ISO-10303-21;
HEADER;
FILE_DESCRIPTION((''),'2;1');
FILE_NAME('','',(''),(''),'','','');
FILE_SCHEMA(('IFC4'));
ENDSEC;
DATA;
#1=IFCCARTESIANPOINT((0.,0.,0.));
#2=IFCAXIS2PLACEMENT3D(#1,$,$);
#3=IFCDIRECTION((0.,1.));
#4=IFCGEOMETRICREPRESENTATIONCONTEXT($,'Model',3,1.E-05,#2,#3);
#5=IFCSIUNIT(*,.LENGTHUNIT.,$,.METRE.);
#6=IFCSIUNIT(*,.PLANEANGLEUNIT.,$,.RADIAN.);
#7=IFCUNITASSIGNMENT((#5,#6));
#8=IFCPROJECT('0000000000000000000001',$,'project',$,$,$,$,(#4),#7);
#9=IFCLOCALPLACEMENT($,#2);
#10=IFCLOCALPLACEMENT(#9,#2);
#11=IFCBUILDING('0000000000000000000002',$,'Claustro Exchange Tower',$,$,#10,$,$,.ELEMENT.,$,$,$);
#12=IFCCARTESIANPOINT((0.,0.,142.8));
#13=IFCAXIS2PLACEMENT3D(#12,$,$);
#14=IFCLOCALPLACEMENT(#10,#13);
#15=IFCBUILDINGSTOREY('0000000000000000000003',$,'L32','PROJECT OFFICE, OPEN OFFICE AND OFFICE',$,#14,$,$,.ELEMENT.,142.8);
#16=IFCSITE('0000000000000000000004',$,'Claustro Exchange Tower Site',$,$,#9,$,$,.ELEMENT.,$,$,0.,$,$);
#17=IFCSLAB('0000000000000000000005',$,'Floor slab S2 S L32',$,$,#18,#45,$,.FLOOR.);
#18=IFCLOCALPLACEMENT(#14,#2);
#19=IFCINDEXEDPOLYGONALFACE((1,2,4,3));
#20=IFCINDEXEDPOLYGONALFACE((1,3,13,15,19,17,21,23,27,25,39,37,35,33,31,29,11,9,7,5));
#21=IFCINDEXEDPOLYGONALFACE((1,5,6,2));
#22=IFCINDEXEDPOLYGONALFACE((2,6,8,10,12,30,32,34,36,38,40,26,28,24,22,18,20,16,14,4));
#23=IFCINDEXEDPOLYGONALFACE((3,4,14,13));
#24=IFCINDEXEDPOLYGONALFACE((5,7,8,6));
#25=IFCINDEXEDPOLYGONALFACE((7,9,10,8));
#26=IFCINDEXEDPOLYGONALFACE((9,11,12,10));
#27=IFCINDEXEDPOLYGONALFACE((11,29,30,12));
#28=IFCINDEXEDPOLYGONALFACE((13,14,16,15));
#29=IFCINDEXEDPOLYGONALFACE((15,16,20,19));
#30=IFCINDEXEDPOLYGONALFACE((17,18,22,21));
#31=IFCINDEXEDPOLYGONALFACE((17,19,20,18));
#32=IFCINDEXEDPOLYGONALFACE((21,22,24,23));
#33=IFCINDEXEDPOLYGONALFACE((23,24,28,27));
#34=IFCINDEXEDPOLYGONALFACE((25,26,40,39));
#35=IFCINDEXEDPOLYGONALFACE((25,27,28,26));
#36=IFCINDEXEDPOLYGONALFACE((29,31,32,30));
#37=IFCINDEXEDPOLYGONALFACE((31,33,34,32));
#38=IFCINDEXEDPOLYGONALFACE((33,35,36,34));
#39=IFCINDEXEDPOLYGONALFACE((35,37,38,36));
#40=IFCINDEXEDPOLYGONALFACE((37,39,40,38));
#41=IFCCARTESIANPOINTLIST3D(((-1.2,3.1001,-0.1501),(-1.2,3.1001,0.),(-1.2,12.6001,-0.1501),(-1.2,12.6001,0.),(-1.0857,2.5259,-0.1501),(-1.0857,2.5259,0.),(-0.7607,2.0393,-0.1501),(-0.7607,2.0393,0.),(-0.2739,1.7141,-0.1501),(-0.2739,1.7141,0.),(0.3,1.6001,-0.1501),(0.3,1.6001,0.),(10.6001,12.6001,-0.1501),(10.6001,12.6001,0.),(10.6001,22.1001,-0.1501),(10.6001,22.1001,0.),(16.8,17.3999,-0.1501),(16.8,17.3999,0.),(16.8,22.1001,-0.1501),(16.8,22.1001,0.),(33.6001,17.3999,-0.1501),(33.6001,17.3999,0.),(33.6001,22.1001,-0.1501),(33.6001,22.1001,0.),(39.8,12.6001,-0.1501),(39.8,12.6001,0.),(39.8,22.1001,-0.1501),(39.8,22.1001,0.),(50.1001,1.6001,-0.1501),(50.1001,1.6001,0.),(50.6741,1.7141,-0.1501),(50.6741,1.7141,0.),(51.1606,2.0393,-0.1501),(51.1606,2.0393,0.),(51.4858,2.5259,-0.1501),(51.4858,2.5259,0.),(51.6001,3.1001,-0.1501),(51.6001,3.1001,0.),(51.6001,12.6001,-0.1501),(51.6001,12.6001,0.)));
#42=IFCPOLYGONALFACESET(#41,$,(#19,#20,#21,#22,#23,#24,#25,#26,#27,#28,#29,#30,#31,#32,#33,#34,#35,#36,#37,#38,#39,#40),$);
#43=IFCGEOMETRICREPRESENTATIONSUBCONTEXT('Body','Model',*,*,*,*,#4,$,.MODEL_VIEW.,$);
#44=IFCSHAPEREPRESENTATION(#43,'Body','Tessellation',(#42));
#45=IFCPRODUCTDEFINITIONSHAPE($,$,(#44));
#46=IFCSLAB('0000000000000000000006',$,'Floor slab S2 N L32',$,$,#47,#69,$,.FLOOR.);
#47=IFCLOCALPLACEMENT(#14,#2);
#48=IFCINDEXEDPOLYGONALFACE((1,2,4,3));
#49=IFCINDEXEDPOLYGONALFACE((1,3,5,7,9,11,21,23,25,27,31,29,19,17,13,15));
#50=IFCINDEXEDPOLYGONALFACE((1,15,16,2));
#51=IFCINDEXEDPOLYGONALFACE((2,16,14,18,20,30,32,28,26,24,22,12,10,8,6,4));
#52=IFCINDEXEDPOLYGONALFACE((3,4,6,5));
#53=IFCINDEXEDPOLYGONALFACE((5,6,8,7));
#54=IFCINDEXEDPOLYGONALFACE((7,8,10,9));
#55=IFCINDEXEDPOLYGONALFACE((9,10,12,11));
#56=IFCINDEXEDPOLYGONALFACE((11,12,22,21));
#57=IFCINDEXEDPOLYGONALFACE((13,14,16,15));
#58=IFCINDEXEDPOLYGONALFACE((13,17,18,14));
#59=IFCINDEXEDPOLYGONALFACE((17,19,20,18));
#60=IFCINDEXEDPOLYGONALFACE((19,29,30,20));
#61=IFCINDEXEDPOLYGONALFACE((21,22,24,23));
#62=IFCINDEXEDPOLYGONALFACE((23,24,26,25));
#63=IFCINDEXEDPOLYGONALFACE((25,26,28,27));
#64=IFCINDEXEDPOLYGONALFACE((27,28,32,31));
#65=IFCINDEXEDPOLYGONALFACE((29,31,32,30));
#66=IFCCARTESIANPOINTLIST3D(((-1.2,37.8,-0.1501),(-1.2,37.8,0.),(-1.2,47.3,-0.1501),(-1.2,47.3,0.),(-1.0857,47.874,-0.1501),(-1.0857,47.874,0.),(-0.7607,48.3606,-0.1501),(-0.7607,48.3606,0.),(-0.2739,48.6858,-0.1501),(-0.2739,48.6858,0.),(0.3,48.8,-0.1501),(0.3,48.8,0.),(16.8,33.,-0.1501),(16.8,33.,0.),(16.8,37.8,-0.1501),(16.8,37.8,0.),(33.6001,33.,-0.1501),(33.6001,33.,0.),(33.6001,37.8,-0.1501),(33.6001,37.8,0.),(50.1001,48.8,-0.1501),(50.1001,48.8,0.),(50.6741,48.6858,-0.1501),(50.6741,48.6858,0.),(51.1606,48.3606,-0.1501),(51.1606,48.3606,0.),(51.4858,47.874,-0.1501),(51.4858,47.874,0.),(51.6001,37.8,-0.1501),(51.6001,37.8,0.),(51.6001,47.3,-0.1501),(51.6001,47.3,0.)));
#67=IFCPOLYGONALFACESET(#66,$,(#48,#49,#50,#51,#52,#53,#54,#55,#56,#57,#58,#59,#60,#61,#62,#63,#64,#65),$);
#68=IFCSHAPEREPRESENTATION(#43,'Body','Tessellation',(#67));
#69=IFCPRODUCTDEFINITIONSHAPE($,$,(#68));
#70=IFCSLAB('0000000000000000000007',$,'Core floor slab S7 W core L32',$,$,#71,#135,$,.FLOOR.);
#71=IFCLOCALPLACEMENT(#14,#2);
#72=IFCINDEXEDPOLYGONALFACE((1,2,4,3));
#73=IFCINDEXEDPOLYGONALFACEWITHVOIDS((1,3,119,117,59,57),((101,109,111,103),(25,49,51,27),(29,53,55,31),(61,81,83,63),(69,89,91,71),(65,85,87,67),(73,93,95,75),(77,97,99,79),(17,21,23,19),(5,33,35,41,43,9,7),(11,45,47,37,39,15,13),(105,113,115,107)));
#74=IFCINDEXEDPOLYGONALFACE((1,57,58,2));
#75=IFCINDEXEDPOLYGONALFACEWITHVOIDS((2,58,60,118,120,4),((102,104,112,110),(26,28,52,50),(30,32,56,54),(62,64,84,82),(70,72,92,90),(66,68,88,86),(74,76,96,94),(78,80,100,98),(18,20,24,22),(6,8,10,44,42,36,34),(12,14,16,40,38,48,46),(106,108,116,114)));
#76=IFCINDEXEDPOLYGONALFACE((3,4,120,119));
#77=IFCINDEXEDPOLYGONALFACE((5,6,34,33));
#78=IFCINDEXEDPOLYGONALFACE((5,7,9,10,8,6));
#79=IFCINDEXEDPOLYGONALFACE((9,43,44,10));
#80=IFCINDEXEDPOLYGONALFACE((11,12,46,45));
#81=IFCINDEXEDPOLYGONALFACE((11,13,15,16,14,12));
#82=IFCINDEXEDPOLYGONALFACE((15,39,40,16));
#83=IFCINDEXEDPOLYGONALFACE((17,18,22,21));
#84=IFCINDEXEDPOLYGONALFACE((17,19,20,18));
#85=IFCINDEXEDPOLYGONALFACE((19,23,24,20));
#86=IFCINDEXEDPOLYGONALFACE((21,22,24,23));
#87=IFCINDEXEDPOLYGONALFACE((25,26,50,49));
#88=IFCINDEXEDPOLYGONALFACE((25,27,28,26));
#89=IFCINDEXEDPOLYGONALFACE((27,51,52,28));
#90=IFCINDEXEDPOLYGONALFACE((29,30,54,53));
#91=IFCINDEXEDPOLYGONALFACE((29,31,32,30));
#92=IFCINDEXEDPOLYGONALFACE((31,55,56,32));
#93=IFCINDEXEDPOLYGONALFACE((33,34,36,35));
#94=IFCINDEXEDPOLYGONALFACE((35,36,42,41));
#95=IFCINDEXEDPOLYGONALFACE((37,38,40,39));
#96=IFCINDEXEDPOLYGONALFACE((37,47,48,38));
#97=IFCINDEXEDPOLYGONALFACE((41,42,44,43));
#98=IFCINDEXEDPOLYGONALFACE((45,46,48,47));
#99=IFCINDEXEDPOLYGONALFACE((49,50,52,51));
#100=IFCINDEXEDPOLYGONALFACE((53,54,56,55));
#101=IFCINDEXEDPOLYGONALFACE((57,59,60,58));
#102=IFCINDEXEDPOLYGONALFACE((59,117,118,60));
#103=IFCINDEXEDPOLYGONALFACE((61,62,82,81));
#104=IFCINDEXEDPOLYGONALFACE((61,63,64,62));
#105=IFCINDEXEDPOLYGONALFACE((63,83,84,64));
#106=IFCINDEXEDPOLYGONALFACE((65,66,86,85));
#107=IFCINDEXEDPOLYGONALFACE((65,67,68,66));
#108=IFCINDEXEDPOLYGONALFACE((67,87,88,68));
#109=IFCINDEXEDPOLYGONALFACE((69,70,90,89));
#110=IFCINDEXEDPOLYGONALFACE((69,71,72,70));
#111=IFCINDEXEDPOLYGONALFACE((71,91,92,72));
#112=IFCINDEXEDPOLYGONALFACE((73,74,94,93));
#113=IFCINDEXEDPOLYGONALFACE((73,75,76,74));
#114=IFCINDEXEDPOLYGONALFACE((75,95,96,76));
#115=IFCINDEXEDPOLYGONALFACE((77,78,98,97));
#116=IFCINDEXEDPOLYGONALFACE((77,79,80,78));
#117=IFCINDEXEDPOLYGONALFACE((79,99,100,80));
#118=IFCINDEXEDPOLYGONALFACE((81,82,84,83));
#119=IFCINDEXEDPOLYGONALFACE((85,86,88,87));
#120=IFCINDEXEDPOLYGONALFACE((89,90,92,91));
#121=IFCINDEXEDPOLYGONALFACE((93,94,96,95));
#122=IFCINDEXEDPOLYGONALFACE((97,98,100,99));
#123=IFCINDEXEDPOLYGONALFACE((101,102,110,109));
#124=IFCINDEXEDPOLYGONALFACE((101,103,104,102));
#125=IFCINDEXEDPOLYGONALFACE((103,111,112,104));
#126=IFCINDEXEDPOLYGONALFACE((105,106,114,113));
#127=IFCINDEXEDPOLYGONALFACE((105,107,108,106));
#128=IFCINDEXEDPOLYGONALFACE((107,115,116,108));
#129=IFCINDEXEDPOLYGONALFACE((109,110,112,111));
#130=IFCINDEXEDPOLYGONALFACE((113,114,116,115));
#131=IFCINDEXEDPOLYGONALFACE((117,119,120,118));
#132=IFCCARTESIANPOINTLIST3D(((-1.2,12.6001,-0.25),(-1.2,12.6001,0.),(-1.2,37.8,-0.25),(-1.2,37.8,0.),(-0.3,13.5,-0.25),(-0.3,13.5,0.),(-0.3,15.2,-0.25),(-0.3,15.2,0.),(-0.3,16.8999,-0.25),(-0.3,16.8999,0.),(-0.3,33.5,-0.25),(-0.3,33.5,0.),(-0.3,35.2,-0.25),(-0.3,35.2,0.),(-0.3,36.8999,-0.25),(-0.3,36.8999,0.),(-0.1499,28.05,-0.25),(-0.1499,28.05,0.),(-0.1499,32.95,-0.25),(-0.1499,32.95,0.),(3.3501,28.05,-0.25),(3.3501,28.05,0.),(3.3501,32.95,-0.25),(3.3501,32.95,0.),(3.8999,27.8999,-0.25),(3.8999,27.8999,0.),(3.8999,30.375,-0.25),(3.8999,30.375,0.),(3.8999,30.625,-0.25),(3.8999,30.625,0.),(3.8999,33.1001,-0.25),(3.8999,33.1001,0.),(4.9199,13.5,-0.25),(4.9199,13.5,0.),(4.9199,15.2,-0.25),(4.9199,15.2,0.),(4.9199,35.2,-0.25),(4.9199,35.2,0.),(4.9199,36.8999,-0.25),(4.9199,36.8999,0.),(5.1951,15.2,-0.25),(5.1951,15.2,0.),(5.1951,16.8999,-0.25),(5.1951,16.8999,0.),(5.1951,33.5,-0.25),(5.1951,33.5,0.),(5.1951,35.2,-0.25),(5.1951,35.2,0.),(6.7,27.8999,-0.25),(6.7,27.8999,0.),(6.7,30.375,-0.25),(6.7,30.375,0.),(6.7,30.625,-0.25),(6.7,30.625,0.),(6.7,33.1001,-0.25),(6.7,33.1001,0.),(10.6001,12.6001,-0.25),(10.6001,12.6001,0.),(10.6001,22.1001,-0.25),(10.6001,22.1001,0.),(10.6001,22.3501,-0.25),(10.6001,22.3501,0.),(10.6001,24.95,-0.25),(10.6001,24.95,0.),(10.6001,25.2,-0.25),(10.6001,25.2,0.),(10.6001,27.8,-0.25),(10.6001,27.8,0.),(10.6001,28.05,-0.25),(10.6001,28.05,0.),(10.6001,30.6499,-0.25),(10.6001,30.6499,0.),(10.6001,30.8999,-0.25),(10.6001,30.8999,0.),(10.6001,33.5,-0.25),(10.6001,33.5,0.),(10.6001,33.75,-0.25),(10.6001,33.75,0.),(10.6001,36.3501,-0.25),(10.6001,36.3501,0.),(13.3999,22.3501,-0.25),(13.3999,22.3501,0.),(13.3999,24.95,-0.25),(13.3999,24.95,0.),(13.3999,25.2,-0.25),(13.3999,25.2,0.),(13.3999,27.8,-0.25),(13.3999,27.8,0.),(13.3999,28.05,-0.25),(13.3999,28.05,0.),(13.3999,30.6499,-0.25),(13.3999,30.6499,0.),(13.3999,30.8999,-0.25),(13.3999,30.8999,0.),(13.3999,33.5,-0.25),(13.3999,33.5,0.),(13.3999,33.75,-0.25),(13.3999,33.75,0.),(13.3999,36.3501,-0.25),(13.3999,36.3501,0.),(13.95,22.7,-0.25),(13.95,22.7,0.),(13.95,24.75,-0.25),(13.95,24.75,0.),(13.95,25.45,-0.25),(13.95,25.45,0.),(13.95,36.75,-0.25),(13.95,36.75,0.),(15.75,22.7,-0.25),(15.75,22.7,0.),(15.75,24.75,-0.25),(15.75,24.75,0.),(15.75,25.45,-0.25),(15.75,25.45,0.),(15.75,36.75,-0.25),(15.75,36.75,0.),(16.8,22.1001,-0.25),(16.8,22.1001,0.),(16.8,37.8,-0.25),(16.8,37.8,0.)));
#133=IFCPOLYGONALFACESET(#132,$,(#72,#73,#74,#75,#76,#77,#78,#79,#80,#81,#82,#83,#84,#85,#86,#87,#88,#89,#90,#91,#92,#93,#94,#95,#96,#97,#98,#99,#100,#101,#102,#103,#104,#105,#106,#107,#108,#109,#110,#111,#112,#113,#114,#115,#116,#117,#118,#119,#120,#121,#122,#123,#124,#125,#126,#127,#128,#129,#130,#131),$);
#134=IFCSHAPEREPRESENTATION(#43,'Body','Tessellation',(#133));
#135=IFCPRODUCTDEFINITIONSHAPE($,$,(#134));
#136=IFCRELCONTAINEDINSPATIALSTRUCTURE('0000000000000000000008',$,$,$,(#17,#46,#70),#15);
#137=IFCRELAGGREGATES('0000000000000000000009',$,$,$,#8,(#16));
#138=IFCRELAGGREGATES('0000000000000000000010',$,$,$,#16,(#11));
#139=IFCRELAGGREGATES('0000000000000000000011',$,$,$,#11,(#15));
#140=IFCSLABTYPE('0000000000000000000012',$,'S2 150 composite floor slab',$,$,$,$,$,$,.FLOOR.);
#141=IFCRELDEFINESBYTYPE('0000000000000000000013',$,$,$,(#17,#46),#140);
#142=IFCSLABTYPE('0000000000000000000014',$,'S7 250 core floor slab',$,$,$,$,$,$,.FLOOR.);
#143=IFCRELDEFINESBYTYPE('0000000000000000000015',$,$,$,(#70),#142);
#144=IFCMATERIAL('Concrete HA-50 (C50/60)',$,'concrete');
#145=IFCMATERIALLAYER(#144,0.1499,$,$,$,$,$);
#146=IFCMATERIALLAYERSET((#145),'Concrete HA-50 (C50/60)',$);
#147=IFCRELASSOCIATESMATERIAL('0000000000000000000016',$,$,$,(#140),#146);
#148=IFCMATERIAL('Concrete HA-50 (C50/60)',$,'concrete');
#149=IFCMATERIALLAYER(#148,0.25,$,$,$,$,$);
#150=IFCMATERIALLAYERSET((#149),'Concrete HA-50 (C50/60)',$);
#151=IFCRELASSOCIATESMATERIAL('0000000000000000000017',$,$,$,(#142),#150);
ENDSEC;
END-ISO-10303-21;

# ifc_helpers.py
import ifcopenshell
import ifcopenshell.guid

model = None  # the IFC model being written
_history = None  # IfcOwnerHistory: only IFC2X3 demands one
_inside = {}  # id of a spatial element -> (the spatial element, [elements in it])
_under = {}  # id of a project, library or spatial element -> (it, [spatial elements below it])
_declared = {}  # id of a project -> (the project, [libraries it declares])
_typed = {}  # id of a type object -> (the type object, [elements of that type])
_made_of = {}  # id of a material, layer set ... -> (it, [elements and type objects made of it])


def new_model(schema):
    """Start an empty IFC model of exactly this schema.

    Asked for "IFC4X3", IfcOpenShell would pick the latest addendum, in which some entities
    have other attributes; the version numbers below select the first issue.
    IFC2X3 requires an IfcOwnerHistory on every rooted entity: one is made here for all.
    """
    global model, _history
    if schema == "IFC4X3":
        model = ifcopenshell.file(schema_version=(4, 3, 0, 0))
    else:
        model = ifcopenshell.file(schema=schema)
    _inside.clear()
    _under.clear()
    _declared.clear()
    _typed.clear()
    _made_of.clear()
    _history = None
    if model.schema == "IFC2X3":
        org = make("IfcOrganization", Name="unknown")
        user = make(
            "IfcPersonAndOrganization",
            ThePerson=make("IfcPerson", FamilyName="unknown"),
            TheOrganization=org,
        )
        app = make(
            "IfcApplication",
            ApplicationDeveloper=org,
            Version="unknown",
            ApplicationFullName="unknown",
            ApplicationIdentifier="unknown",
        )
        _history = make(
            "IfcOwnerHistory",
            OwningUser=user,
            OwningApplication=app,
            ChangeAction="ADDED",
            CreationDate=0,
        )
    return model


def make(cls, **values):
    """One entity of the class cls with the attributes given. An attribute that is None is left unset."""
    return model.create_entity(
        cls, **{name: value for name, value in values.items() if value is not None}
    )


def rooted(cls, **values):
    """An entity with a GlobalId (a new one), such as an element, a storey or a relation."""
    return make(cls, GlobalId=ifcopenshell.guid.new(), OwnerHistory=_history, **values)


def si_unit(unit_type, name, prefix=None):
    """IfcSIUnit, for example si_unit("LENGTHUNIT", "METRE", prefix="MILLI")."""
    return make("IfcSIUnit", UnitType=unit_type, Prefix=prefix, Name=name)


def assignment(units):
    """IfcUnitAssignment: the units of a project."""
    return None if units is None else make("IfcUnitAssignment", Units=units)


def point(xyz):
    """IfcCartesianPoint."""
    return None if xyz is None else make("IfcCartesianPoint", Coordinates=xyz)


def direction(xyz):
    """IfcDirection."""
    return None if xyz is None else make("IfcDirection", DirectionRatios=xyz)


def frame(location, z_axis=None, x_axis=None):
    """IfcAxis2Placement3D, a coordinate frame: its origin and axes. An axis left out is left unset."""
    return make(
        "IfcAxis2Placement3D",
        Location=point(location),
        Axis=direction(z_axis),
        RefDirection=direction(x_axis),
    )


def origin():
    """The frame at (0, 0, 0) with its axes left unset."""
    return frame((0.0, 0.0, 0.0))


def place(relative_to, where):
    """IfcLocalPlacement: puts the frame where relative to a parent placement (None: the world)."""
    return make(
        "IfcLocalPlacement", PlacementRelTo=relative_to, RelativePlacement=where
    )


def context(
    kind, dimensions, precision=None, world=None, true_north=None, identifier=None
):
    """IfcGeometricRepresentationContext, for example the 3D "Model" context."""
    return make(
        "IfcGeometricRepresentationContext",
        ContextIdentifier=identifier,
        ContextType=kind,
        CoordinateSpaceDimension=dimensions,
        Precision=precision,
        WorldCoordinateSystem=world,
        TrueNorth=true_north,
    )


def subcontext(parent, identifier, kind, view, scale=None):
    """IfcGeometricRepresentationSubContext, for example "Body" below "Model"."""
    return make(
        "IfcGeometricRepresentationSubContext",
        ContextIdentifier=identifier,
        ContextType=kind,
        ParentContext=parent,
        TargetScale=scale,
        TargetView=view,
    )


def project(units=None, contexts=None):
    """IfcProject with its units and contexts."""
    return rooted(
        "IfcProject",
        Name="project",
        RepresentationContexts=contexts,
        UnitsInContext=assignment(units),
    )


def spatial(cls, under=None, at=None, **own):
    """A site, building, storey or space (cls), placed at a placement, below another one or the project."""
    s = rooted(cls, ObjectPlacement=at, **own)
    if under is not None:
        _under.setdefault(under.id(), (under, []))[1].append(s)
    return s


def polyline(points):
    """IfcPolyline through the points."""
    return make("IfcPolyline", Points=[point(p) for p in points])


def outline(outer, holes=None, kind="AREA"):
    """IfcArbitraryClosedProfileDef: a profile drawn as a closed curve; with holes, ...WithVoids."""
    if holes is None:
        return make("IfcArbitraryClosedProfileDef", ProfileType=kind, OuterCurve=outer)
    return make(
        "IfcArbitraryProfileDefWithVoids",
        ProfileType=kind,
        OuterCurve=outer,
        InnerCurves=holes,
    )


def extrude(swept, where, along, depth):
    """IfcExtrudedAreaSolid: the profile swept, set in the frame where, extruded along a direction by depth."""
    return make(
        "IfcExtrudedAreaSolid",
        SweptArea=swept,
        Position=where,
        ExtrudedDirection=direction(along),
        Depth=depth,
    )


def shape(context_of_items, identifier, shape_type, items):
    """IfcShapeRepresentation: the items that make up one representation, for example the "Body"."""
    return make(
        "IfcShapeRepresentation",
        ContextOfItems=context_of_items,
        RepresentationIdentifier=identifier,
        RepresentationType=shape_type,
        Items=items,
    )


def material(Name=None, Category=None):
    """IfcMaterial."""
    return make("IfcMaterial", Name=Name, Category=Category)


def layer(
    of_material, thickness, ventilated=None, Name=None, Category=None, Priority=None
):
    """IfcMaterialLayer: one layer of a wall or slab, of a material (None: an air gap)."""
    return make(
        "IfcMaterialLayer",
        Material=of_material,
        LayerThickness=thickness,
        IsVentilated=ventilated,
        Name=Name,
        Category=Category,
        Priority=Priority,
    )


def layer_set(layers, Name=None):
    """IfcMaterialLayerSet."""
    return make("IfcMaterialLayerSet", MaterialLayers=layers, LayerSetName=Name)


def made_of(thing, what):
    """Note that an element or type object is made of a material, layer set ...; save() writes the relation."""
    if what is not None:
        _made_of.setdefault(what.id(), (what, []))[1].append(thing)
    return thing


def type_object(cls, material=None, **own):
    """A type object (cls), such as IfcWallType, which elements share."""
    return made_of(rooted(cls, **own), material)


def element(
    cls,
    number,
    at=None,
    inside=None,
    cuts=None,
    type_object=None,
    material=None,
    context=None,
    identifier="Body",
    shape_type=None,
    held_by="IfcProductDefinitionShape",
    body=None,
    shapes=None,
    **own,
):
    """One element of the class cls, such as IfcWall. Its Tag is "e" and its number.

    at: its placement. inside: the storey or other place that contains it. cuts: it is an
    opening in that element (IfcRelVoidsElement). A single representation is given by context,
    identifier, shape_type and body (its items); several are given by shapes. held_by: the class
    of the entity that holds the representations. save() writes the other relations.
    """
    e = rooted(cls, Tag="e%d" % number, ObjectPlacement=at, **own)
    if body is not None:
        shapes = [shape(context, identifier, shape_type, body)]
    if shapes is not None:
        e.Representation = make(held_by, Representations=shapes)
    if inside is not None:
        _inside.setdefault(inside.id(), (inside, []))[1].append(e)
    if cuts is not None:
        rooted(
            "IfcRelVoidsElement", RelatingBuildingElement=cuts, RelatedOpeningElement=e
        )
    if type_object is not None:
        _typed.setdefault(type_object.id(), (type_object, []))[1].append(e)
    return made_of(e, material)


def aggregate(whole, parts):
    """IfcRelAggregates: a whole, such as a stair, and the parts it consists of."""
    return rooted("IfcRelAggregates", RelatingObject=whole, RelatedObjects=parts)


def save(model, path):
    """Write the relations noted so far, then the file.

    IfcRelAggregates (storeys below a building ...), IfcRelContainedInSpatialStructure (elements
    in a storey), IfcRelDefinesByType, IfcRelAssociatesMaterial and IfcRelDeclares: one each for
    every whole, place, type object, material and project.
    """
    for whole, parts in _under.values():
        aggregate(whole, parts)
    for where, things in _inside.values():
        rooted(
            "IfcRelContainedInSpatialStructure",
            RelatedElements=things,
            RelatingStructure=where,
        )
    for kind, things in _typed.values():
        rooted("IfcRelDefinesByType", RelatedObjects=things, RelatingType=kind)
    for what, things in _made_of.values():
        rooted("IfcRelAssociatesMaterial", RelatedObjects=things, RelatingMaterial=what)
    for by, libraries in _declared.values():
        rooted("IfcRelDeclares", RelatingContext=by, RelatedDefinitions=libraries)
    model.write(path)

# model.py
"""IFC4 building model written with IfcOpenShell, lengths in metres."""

from ifc_helpers import new_model, si_unit, direction, frame, origin, place, context, subcontext, project, spatial, polyline, outline, extrude, material, layer, layer_set, type_object, element, save


model = new_model("IFC4")

# Units and contexts
model_context = context("Model", 3, precision=1e-05, world=origin(), true_north=direction((0.0, 1.0)))
body_context = subcontext(model_context, "Body", "Model", "MODEL_VIEW")
ifc_project = project(units=[si_unit("LENGTHUNIT", "METRE"), si_unit("PLANEANGLEUNIT", "RADIAN")], contexts=[model_context])

# Site, building, storey
site_placement = place(None, origin())
site = spatial("IfcSite", under=ifc_project, at=site_placement, Name="Claustro Exchange Tower Site", CompositionType="ELEMENT", RefElevation=0.0)
building_placement = place(site_placement, origin())
building = spatial("IfcBuilding", under=site, at=building_placement, Name="Claustro Exchange Tower", CompositionType="ELEMENT")
storey_placement = place(building_placement, frame((0.0, 0.0, 142.8)))
storey = spatial("IfcBuildingStorey", under=building, at=storey_placement, Name="L32", Description="PROJECT OFFICE, OPEN OFFICE AND OFFICE", CompositionType="ELEMENT", Elevation=142.8)

# Slabs
ifc_material_1 = material(Name="Concrete HA-50 (C50/60)", Category="concrete")
ifc_layer_1 = layer(ifc_material_1, 0.1499)
ifc_layer_set_1 = layer_set([ifc_layer_1], Name="Concrete HA-50 (C50/60)")
slab_type_1 = type_object("IfcSlabType", Name="S2 150 composite floor slab", PredefinedType="FLOOR", material=ifc_layer_set_1)
slab_1_placement = place(storey_placement, frame((0.0, 0.0, -0.1501)))
element("IfcSlab", 1, at=slab_1_placement, inside=storey, type_object=slab_type_1, Name="Floor slab S2 S L32", PredefinedType="FLOOR", context=body_context, shape_type="SweptSolid", body=[
    extrude(outline(polyline([(-0.2739, 1.7141), (0.3, 1.6001), (50.1001, 1.6001), (50.6741, 1.7141), (51.1606, 2.0393), (51.4858, 2.5259), (51.6001, 3.1001), (51.6001, 12.6001), (39.8, 12.6001), (39.8, 22.1001), (33.6001, 22.1001), (33.6001, 17.3999), (16.8, 17.3999), (16.8, 22.1001), (10.6001, 22.1001), (10.6001, 12.6001), (-1.2, 12.6001), (-1.2, 3.1001), (-1.0857, 2.5259), (-0.7607, 2.0393), (-0.2739, 1.7141)])), origin(), (0.0, 0.0, 1.0), 0.1501),
])
slab_2_placement = place(storey_placement, frame((0.0, 0.0, -0.1501)))
element("IfcSlab", 2, at=slab_2_placement, inside=storey, type_object=slab_type_1, Name="Floor slab S2 N L32", PredefinedType="FLOOR", context=body_context, shape_type="SweptSolid", body=[
    extrude(outline(polyline([(16.8, 37.8), (16.8, 33.0), (33.6001, 33.0), (33.6001, 37.8), (51.6001, 37.8), (51.6001, 47.3), (51.4858, 47.874), (51.1606, 48.3606), (50.6741, 48.6858), (50.1001, 48.8), (0.3, 48.8), (-0.2739, 48.6858), (-0.7607, 48.3606), (-1.0857, 47.874), (-1.2, 47.3), (-1.2, 37.8), (16.8, 37.8)])), origin(), (0.0, 0.0, 1.0), 0.1501),
])
ifc_material_2 = material(Name="Concrete HA-50 (C50/60)", Category="concrete")
ifc_layer_2 = layer(ifc_material_2, 0.25)
ifc_layer_set_2 = layer_set([ifc_layer_2], Name="Concrete HA-50 (C50/60)")
slab_type_2 = type_object("IfcSlabType", Name="S7 250 core floor slab", PredefinedType="FLOOR", material=ifc_layer_set_2)
slab_3_placement = place(storey_placement, frame((0.0, 0.0, -0.25)))
element("IfcSlab", 3, at=slab_3_placement, inside=storey, type_object=slab_type_2, Name="Core floor slab S7 W core L32", PredefinedType="FLOOR", context=body_context, shape_type="SweptSolid", body=[
    extrude(outline(polyline([(-1.2, 37.8), (-1.2, 12.6001), (10.6001, 12.6001), (10.6001, 22.1001), (16.8, 22.1001), (16.8, 37.8), (-1.2, 37.8)]), holes=[polyline([(13.95, 24.75), (15.75, 24.75), (15.75, 22.7), (13.95, 22.7), (13.95, 24.75)]), polyline([(13.95, 36.75), (15.75, 36.75), (15.75, 25.45), (13.95, 25.45), (13.95, 36.75)]), polyline([(13.3999, 24.95), (13.3999, 22.3501), (10.6001, 22.3501), (10.6001, 24.95), (13.3999, 24.95)]), polyline([(13.3999, 27.8), (13.3999, 25.2), (10.6001, 25.2), (10.6001, 27.8), (13.3999, 27.8)]), polyline([(13.3999, 30.6499), (13.3999, 28.05), (10.6001, 28.05), (10.6001, 30.6499), (13.3999, 30.6499)]), polyline([(13.3999, 33.5), (13.3999, 30.8999), (10.6001, 30.8999), (10.6001, 33.5), (13.3999, 33.5)]), polyline([(13.3999, 36.3501), (13.3999, 33.75), (10.6001, 33.75), (10.6001, 36.3501), (13.3999, 36.3501)]), polyline([(6.7, 30.375), (6.7, 27.8999), (3.8999, 27.8999), (3.8999, 30.375), (6.7, 30.375)]), polyline([(6.7, 33.1001), (6.7, 30.625), (3.8999, 30.625), (3.8999, 33.1001), (6.7, 33.1001)]), polyline([(-0.3, 15.2), (-0.3, 16.8999), (5.1951, 16.8999), (5.1951, 15.2), (4.9199, 15.2), (4.9199, 13.5), (-0.3, 13.5), (-0.3, 15.2)]), polyline([(-0.3, 35.2), (-0.3, 36.8999), (4.9199, 36.8999), (4.9199, 35.2), (5.1951, 35.2), (5.1951, 33.5), (-0.3, 33.5), (-0.3, 35.2)]), polyline([(-0.1499, 32.95), (3.3501, 32.95), (3.3501, 28.05), (-0.1499, 28.05), (-0.1499, 32.95)])]), origin(), (0.0, 0.0, 1.0), 0.25),
])

save(model, "model.ifc")
